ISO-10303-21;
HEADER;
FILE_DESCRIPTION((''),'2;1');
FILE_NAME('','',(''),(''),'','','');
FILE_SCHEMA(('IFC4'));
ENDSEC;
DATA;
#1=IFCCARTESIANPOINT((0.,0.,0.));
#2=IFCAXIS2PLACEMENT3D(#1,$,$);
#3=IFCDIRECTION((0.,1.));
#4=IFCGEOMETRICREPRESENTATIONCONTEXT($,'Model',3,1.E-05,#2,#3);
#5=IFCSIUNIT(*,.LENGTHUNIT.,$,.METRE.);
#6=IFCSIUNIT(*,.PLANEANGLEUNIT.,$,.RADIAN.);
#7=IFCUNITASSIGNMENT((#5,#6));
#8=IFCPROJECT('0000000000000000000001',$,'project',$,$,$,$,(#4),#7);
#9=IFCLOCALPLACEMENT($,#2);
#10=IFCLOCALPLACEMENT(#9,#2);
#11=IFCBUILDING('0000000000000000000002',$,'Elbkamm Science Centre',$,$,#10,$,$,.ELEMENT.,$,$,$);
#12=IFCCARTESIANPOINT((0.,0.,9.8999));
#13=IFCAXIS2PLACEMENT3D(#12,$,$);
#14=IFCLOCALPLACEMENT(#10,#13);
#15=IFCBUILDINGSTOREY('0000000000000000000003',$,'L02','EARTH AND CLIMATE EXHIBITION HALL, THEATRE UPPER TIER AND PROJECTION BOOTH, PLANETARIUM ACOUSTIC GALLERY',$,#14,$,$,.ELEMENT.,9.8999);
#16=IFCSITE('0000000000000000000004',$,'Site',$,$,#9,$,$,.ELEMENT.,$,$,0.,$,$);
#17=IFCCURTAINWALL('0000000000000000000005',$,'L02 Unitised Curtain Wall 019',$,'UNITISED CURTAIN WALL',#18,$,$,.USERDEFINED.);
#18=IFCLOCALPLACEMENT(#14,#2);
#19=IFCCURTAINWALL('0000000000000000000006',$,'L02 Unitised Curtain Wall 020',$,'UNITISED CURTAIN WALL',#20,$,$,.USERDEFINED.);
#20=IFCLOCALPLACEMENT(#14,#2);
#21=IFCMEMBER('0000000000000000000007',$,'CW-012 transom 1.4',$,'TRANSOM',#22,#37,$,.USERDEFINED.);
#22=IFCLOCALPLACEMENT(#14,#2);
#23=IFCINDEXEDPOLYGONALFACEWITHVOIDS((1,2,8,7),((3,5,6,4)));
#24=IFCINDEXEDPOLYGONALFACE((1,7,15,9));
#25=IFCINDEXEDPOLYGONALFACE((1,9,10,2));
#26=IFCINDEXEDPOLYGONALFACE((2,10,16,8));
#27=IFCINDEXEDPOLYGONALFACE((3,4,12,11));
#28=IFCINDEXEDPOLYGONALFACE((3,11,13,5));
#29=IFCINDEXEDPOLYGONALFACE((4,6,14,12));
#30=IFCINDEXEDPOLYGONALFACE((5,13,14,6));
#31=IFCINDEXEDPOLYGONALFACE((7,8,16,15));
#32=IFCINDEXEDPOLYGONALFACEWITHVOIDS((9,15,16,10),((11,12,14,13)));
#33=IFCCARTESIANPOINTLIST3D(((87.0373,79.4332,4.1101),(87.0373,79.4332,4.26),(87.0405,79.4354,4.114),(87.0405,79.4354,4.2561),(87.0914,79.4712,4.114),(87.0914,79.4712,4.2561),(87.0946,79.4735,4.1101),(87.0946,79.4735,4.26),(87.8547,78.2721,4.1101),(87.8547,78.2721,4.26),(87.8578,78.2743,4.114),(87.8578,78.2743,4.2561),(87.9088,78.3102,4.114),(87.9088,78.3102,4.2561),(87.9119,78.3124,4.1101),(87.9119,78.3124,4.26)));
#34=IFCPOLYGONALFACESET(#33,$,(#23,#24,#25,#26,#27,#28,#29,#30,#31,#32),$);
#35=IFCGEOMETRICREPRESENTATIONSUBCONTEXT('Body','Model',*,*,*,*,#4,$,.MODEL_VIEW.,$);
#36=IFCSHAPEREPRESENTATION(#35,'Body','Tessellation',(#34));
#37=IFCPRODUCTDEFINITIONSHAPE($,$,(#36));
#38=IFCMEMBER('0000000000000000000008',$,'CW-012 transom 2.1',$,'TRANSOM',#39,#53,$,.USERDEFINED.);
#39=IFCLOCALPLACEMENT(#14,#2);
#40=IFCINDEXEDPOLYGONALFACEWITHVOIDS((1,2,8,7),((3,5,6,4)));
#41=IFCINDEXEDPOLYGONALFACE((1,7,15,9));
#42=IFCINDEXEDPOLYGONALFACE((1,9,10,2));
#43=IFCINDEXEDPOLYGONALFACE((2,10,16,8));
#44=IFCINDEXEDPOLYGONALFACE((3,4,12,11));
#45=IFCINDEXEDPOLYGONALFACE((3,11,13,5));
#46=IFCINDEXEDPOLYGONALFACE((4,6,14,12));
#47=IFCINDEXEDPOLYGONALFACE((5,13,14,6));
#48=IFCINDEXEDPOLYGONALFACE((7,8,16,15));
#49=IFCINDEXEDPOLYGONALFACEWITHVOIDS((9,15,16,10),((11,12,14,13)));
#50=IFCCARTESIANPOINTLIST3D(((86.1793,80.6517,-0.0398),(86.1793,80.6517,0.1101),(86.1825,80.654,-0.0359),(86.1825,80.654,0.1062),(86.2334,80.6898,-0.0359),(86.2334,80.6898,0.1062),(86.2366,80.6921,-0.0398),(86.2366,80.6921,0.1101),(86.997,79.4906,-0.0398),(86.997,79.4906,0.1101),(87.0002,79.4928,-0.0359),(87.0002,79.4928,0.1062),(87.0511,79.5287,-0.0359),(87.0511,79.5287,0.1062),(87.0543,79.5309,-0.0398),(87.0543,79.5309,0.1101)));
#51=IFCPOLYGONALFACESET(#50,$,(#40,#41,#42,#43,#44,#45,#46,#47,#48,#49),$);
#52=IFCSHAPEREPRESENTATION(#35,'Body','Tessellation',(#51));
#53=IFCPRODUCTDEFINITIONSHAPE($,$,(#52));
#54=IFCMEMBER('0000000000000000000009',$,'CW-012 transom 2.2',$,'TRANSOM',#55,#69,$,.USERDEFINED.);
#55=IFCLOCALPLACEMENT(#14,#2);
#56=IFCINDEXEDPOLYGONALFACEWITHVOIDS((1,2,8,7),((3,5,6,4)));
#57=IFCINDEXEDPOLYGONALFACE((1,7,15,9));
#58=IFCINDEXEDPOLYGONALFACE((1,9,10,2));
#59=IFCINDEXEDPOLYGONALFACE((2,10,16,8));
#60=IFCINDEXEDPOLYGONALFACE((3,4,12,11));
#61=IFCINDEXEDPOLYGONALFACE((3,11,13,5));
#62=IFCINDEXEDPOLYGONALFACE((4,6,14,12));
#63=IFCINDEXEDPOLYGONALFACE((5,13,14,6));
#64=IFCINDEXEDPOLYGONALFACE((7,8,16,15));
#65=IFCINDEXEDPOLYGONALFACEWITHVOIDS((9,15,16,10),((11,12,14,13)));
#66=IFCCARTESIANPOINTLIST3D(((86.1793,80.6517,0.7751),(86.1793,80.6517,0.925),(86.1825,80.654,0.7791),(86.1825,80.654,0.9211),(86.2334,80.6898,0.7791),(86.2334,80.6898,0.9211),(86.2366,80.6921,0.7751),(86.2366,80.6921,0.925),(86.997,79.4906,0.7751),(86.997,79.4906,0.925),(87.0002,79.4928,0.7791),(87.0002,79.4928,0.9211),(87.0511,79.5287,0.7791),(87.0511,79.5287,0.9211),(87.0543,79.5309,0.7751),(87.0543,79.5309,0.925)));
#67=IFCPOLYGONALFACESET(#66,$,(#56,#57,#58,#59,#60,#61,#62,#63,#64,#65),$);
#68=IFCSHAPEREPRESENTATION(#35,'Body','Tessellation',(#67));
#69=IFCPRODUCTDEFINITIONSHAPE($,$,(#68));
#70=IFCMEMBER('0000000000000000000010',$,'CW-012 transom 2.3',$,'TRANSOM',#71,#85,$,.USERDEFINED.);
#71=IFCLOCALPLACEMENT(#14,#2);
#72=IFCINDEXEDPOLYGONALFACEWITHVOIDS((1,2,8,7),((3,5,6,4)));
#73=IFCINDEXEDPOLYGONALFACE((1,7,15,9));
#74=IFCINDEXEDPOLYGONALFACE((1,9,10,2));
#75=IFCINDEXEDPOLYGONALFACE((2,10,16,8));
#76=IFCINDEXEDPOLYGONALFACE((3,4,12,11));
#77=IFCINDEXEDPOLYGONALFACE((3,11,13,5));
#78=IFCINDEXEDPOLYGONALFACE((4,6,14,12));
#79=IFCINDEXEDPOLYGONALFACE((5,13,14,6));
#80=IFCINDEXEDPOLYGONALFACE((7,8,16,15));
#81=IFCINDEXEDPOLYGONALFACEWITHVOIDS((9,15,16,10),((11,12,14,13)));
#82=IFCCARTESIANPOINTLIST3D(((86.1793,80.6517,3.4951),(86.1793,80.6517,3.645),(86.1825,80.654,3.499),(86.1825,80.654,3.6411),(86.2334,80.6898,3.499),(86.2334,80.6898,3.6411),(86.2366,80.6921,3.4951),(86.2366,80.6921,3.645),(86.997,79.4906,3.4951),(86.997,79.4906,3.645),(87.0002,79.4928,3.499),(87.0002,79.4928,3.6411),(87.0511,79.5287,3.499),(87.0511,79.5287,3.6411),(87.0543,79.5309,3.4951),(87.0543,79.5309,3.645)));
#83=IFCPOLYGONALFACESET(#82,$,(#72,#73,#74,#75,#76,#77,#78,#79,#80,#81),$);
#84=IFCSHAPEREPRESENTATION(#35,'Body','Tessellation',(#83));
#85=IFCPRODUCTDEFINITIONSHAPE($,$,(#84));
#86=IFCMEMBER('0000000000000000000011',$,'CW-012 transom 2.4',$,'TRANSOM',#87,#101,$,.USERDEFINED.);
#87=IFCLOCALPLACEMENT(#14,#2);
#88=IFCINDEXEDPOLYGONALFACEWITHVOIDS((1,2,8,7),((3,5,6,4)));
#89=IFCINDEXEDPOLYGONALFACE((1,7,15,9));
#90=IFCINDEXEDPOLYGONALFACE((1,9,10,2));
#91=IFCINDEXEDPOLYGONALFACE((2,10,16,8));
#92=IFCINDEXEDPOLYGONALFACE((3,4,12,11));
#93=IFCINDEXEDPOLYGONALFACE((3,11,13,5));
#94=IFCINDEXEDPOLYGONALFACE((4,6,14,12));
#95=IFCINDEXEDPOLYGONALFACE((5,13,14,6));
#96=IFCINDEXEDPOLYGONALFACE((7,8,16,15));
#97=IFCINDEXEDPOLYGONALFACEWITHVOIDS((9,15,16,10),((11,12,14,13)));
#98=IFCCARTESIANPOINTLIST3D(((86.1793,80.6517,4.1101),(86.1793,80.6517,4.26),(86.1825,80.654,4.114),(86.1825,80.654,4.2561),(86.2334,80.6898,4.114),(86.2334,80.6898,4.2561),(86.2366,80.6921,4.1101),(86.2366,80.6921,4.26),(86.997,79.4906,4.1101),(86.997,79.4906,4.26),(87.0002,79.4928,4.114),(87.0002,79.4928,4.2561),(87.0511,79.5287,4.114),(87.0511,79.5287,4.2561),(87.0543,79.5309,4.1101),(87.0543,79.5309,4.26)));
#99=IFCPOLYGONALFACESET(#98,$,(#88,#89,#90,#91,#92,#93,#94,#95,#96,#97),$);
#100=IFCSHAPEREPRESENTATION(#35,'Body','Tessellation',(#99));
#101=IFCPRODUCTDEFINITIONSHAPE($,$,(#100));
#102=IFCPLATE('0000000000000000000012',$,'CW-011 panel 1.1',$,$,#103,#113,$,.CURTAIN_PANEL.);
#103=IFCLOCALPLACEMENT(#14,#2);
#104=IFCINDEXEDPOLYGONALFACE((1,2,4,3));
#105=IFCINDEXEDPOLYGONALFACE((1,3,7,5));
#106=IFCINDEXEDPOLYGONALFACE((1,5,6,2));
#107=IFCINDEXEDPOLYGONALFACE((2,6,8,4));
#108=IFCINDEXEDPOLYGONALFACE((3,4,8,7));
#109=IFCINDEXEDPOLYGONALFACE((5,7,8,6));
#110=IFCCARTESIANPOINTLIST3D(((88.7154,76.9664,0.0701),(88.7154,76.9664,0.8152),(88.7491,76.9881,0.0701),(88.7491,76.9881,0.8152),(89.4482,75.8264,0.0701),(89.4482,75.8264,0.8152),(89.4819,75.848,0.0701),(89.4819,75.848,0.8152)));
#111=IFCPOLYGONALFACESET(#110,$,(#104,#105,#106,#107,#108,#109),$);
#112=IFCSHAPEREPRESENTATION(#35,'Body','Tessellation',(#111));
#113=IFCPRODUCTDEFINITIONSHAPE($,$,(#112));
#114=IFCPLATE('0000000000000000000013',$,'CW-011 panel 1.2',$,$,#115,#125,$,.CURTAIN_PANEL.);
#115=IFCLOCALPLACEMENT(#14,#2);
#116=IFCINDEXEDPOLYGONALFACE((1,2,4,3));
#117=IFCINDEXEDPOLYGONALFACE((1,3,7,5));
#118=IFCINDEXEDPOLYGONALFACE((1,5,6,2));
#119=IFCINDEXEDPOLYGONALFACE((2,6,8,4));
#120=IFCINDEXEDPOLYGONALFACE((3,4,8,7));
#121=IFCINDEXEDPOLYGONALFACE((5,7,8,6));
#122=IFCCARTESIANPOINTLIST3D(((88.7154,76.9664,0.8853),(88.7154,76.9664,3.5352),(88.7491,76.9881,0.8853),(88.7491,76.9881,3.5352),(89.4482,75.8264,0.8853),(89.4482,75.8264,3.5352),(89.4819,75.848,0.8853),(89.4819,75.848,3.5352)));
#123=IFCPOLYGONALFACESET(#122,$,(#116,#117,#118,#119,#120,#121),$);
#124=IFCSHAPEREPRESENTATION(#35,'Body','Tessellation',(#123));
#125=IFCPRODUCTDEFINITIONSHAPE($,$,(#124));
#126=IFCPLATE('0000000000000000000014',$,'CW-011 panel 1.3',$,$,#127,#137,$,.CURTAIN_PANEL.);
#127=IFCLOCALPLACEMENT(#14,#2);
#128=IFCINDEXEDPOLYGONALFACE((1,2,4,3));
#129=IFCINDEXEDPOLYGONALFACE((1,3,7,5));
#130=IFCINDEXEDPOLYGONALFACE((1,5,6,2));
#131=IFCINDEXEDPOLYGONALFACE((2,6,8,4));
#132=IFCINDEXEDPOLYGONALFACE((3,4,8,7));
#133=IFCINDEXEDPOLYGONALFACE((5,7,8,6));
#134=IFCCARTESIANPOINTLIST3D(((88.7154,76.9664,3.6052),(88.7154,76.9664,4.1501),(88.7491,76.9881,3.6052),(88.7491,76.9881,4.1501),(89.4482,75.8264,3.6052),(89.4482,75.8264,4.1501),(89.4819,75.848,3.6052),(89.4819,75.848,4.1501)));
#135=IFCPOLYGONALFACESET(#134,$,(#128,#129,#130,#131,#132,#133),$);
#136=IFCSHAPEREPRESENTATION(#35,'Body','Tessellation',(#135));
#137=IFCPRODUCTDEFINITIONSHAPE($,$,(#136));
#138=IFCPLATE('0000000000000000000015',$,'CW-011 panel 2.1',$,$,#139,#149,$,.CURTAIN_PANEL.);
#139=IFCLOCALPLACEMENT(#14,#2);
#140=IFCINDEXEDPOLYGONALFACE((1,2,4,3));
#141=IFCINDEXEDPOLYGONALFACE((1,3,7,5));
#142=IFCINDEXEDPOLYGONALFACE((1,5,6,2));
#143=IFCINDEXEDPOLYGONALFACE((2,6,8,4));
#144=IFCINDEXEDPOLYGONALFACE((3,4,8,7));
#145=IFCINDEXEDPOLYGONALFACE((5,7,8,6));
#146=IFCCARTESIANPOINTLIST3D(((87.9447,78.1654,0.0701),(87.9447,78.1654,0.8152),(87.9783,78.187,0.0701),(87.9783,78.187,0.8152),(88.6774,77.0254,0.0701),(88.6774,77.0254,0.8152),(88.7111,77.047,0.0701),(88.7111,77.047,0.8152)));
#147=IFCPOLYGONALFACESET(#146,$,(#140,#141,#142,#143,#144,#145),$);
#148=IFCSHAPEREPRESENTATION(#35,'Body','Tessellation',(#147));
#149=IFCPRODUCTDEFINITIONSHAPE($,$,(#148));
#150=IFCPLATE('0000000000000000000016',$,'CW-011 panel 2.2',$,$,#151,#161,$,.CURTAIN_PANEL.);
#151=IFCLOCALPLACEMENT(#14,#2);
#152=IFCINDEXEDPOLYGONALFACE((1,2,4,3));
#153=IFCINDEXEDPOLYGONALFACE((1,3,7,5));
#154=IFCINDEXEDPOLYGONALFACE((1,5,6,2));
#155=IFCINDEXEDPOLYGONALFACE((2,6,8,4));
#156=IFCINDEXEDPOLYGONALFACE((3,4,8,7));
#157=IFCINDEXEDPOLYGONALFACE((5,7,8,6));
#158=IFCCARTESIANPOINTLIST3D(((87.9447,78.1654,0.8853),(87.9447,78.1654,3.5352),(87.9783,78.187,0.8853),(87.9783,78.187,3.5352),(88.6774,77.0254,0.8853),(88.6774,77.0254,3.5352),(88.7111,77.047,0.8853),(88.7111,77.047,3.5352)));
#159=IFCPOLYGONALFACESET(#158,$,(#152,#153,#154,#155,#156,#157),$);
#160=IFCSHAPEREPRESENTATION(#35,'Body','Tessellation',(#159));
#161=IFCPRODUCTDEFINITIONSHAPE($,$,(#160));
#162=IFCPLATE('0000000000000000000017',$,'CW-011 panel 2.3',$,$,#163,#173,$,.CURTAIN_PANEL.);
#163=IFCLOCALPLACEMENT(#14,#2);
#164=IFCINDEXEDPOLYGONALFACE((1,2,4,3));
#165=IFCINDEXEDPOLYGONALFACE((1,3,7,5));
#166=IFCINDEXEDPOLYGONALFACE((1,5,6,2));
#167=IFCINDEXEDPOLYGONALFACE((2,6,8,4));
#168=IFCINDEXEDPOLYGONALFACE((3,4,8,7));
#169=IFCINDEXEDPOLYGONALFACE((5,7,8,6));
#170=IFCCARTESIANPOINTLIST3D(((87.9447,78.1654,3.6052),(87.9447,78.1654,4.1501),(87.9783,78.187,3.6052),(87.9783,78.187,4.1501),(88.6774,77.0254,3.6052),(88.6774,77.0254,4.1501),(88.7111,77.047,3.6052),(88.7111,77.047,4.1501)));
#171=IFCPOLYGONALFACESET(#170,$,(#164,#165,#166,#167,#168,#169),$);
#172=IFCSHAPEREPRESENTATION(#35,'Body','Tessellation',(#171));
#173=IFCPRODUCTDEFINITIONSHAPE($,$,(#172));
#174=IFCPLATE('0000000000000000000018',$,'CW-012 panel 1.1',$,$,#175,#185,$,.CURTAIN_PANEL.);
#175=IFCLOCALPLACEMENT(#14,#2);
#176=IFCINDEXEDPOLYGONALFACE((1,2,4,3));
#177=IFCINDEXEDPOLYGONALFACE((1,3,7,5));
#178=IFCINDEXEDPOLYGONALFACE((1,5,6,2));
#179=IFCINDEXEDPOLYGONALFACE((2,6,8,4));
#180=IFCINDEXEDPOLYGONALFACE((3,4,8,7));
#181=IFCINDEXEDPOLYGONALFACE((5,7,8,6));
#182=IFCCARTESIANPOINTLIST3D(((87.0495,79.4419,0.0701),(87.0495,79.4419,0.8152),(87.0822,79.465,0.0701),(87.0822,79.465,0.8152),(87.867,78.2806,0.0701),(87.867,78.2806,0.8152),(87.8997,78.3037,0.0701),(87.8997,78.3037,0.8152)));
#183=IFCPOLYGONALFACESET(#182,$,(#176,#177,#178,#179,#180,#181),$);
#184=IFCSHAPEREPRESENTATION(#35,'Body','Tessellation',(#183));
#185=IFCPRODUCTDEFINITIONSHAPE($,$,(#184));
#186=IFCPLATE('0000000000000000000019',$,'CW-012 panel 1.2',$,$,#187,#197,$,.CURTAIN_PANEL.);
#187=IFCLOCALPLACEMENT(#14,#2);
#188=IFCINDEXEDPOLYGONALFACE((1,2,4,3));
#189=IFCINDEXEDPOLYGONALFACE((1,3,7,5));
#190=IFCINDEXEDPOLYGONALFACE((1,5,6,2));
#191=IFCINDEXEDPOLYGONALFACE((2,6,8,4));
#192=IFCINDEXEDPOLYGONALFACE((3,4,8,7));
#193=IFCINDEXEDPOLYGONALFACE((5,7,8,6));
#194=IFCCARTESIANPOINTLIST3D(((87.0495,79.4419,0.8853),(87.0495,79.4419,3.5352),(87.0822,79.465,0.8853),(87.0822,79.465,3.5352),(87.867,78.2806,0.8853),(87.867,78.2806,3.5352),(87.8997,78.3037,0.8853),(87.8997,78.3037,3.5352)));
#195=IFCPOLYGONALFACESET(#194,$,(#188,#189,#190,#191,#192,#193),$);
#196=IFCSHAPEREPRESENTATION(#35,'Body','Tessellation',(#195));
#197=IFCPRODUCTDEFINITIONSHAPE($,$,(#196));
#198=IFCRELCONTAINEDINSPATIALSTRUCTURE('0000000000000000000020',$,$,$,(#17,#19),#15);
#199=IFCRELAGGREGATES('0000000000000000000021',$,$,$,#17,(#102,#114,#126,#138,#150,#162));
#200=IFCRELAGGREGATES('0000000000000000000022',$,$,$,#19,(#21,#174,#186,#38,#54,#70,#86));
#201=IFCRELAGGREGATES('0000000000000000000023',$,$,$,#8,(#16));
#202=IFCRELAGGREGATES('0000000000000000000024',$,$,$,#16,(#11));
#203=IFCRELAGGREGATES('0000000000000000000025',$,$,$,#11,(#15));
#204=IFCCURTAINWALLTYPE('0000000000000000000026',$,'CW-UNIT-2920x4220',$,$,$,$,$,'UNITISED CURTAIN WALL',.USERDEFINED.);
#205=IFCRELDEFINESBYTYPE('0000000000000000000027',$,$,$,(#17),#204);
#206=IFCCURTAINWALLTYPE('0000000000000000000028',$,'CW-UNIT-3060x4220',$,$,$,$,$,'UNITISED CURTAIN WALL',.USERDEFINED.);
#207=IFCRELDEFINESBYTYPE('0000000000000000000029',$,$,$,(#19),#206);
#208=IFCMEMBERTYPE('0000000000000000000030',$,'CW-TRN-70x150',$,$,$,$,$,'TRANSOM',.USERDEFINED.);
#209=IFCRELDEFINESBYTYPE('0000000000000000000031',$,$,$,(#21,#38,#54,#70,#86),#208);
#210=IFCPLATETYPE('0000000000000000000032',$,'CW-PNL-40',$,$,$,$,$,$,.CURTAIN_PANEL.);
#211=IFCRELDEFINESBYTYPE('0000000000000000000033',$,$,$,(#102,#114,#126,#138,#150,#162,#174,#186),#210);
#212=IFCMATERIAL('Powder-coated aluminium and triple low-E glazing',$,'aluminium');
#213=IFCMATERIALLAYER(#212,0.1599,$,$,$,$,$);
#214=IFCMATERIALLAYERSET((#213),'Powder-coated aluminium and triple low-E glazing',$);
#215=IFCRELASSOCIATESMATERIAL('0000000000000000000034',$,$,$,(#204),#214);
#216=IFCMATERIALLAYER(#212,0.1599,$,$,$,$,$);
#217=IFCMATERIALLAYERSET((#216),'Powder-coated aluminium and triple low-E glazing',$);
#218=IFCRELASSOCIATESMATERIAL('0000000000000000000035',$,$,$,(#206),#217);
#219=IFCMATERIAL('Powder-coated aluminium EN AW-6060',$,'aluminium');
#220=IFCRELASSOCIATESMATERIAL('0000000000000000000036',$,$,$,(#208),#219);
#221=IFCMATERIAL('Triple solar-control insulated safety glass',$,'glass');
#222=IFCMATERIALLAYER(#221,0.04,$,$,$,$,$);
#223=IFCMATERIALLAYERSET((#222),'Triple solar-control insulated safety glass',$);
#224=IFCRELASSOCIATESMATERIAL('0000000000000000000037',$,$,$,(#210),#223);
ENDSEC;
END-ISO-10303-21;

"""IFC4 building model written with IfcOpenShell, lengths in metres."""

from ifc_helpers import new_model, si_unit, direction, frame, origin, origin_2d, place, context, subcontext, project, spatial, rectangle, hollow_rectangle, extrude, material, layer, layer_set, material_profile, profile_set, type_object, element, aggregate, save


model = new_model("IFC4")

# Units and contexts
model_context = context("Model", 3, precision=1e-05, world=origin(), true_north=direction((0.0, 1.0)))
body_context = subcontext(model_context, "Body", "Model", "MODEL_VIEW")
ifc_project = project(units=[si_unit("LENGTHUNIT", "METRE"), si_unit("PLANEANGLEUNIT", "RADIAN")], contexts=[model_context])

# Site, building, storey
site_placement = place(None, origin())
site = spatial("IfcSite", under=ifc_project, at=site_placement, Name="Site", CompositionType="ELEMENT", RefElevation=0.0)
building_placement = place(site_placement, origin())
building = spatial("IfcBuilding", under=site, at=building_placement, Name="Elbkamm Science Centre", CompositionType="ELEMENT")
storey_placement = place(building_placement, frame((0.0, 0.0, 9.8999)))
storey = spatial("IfcBuildingStorey", under=building, at=storey_placement, Name="L02", Description="EARTH AND CLIMATE EXHIBITION HALL, THEATRE UPPER TIER AND PROJECTION BOOTH, PLANETARIUM ACOUSTIC GALLERY", CompositionType="ELEMENT", Elevation=9.8999)

# Shared definitions
ifc_material_1 = material(Name="Powder-coated aluminium and triple low-E glazing", Category="aluminium")
ifc_layer_1 = layer(ifc_material_1, 0.1599)
ifc_layer_set_1 = layer_set([ifc_layer_1], Name="Powder-coated aluminium and triple low-E glazing")
curtain_wall_type_1 = type_object("IfcCurtainWallType", Name="CW-UNIT-2920x4220", ElementType="UNITISED CURTAIN WALL", PredefinedType="USERDEFINED", material=ifc_layer_set_1)
ifc_material_2 = material(Name="Powder-coated aluminium EN AW-6060", Category="aluminium")

# Curtain walls
curtain_wall_1_placement = place(storey_placement, origin())
curtain_wall_1 = element("IfcCurtainWall", 1, at=curtain_wall_1_placement, inside=storey, type_object=curtain_wall_type_1, Name="L02 Unitised Curtain Wall 019", ObjectType="UNITISED CURTAIN WALL", PredefinedType="USERDEFINED")
ifc_layer_2 = layer(ifc_material_1, 0.1599)
ifc_layer_set_2 = layer_set([ifc_layer_2], Name="Powder-coated aluminium and triple low-E glazing")
curtain_wall_type_2 = type_object("IfcCurtainWallType", Name="CW-UNIT-3060x4220", ElementType="UNITISED CURTAIN WALL", PredefinedType="USERDEFINED", material=ifc_layer_set_2)
curtain_wall_2_placement = place(storey_placement, origin())
curtain_wall_2 = element("IfcCurtainWall", 2, at=curtain_wall_2_placement, inside=storey, type_object=curtain_wall_type_2, Name="L02 Unitised Curtain Wall 020", ObjectType="UNITISED CURTAIN WALL", PredefinedType="USERDEFINED")

# Members
ifc_material_profile_1 = material_profile(ifc_material_2, hollow_rectangle(XDim=0.0701, YDim=0.1499, WallThickness=0.0039, at=origin_2d()), Name="ALU T70x150")
ifc_profile_set_1 = profile_set([ifc_material_profile_1], Name="Powder-coated aluminium EN AW-6060")
member_type_1 = type_object("IfcMemberType", Name="CW-TRN-70x150", ElementType="TRANSOM", PredefinedType="USERDEFINED", material=ifc_profile_set_1)
member_1_placement = place(storey_placement, frame((87.8833, 78.2922, 4.1851), z_axis=(-0.57563, 0.817711, 0.0), x_axis=(-0.817711, -0.57563, 0.0)))
member_1 = element("IfcMember", 3, at=member_1_placement, type_object=member_type_1, Name="CW-012 transom 1.4", ObjectType="TRANSOM", PredefinedType="USERDEFINED", context=body_context, shape_type="SweptSolid", body=[
    extrude(hollow_rectangle(XDim=0.0701, YDim=0.1499, WallThickness=0.0039, at=origin_2d()), origin(), (0.0, 0.0, 1.0), 1.4199),
])
member_2_placement = place(storey_placement, frame((87.0256, 79.5107, 0.0352), z_axis=(-0.575745, 0.81763, 0.0), x_axis=(-0.81763, -0.575745, 0.0)))
member_2 = element("IfcMember", 4, at=member_2_placement, type_object=member_type_1, Name="CW-012 transom 2.1", ObjectType="TRANSOM", PredefinedType="USERDEFINED", context=body_context, shape_type="SweptSolid", body=[
    extrude(hollow_rectangle(XDim=0.0701, YDim=0.1499, WallThickness=0.0039, at=origin_2d()), origin(), (0.0, 0.0, 1.0), 1.4202),
])
member_3_placement = place(storey_placement, frame((87.0256, 79.5107, 0.8501), z_axis=(-0.575745, 0.81763, 0.0), x_axis=(-0.81763, -0.575745, 0.0)))
member_3 = element("IfcMember", 5, at=member_3_placement, type_object=member_type_1, Name="CW-012 transom 2.2", ObjectType="TRANSOM", PredefinedType="USERDEFINED", context=body_context, shape_type="SweptSolid", body=[
    extrude(hollow_rectangle(XDim=0.0701, YDim=0.1499, WallThickness=0.0039, at=origin_2d()), origin(), (0.0, 0.0, 1.0), 1.4202),
])
member_4_placement = place(storey_placement, frame((87.0256, 79.5107, 3.5701), z_axis=(-0.575745, 0.81763, 0.0), x_axis=(-0.81763, -0.575745, 0.0)))
member_4 = element("IfcMember", 6, at=member_4_placement, type_object=member_type_1, Name="CW-012 transom 2.3", ObjectType="TRANSOM", PredefinedType="USERDEFINED", context=body_context, shape_type="SweptSolid", body=[
    extrude(hollow_rectangle(XDim=0.0701, YDim=0.1499, WallThickness=0.0039, at=origin_2d()), origin(), (0.0, 0.0, 1.0), 1.4202),
])
member_5_placement = place(storey_placement, frame((87.0256, 79.5107, 4.1851), z_axis=(-0.575745, 0.81763, 0.0), x_axis=(-0.81763, -0.575745, 0.0)))
member_5 = element("IfcMember", 7, at=member_5_placement, type_object=member_type_1, Name="CW-012 transom 2.4", ObjectType="TRANSOM", PredefinedType="USERDEFINED", context=body_context, shape_type="SweptSolid", body=[
    extrude(hollow_rectangle(XDim=0.0701, YDim=0.1499, WallThickness=0.0039, at=origin_2d()), origin(), (0.0, 0.0, 1.0), 1.4202),
])

# Plates
ifc_material_3 = material(Name="Triple solar-control insulated safety glass", Category="glass")
ifc_layer_3 = layer(ifc_material_3, 0.04)
ifc_layer_set_3 = layer_set([ifc_layer_3], Name="Triple solar-control insulated safety glass")
plate_type = type_object("IfcPlateType", Name="CW-PNL-40", PredefinedType="CURTAIN_PANEL", material=ifc_layer_set_3)
plate_1_placement = place(storey_placement, frame((89.0986, 76.4072, 0.0701), z_axis=(0.0, 0.0, 1.0), x_axis=(-0.540707, 0.841211, 0.0)))
plate_1 = element("IfcPlate", 8, at=plate_1_placement, type_object=plate_type, Name="CW-011 panel 1.1", PredefinedType="CURTAIN_PANEL", context=body_context, shape_type="SweptSolid", body=[
    extrude(rectangle(XDim=1.3552, YDim=0.04, at=origin_2d()), origin(), (0.0, 0.0, 1.0), 0.7451),
])
plate_2_placement = place(storey_placement, frame((89.0986, 76.4072, 0.8853), z_axis=(0.0, 0.0, 1.0), x_axis=(-0.540707, 0.841211, 0.0)))
plate_2 = element("IfcPlate", 9, at=plate_2_placement, type_object=plate_type, Name="CW-011 panel 1.2", PredefinedType="CURTAIN_PANEL", context=body_context, shape_type="SweptSolid", body=[
    extrude(rectangle(XDim=1.3552, YDim=0.04, at=origin_2d()), origin(), (0.0, 0.0, 1.0), 2.6499),
])
plate_3_placement = place(storey_placement, frame((89.0986, 76.4072, 3.6052), z_axis=(0.0, 0.0, 1.0), x_axis=(-0.540707, 0.841211, 0.0)))
plate_3 = element("IfcPlate", 10, at=plate_3_placement, type_object=plate_type, Name="CW-011 panel 1.3", PredefinedType="CURTAIN_PANEL", context=body_context, shape_type="SweptSolid", body=[
    extrude(rectangle(XDim=1.3552, YDim=0.04, at=origin_2d()), origin(), (0.0, 0.0, 1.0), 0.5449),
])
plate_4_placement = place(storey_placement, frame((88.3279, 77.6062, 0.0701), z_axis=(0.0, 0.0, 1.0), x_axis=(-0.540707, 0.841211, 0.0)))
plate_4 = element("IfcPlate", 11, at=plate_4_placement, type_object=plate_type, Name="CW-011 panel 2.1", PredefinedType="CURTAIN_PANEL", context=body_context, shape_type="SweptSolid", body=[
    extrude(rectangle(XDim=1.3552, YDim=0.04, at=origin_2d()), origin(), (0.0, 0.0, 1.0), 0.7451),
])
plate_5_placement = place(storey_placement, frame((88.3279, 77.6062, 0.8853), z_axis=(0.0, 0.0, 1.0), x_axis=(-0.540707, 0.841211, 0.0)))
plate_5 = element("IfcPlate", 12, at=plate_5_placement, type_object=plate_type, Name="CW-011 panel 2.2", PredefinedType="CURTAIN_PANEL", context=body_context, shape_type="SweptSolid", body=[
    extrude(rectangle(XDim=1.3552, YDim=0.04, at=origin_2d()), origin(), (0.0, 0.0, 1.0), 2.6499),
])
plate_6_placement = place(storey_placement, frame((88.3279, 77.6062, 3.6052), z_axis=(0.0, 0.0, 1.0), x_axis=(-0.540707, 0.841211, 0.0)))
plate_6 = element("IfcPlate", 13, at=plate_6_placement, type_object=plate_type, Name="CW-011 panel 2.3", PredefinedType="CURTAIN_PANEL", context=body_context, shape_type="SweptSolid", body=[
    extrude(rectangle(XDim=1.3552, YDim=0.04, at=origin_2d()), origin(), (0.0, 0.0, 1.0), 0.5449),
])
aggregate(curtain_wall_1, [plate_1, plate_2, plate_3, plate_4, plate_5, plate_6])
plate_7_placement = place(storey_placement, frame((87.4746, 78.8728, 0.0701), z_axis=(0.0, 0.0, 1.0), x_axis=(-0.575652, 0.817695, 0.0)))
plate_7 = element("IfcPlate", 14, at=plate_7_placement, type_object=plate_type, Name="CW-012 panel 1.1", PredefinedType="CURTAIN_PANEL", context=body_context, shape_type="SweptSolid", body=[
    extrude(rectangle(XDim=1.4202, YDim=0.04, at=origin_2d()), origin(), (0.0, 0.0, 1.0), 0.7451),
])
plate_8_placement = place(storey_placement, frame((87.4746, 78.8728, 0.8853), z_axis=(0.0, 0.0, 1.0), x_axis=(-0.575652, 0.817695, 0.0)))
plate_8 = element("IfcPlate", 15, at=plate_8_placement, type_object=plate_type, Name="CW-012 panel 1.2", PredefinedType="CURTAIN_PANEL", context=body_context, shape_type="SweptSolid", body=[
    extrude(rectangle(XDim=1.4202, YDim=0.04, at=origin_2d()), origin(), (0.0, 0.0, 1.0), 2.6499),
])
aggregate(curtain_wall_2, [member_1, plate_7, plate_8, member_2, member_3, member_4, member_5])

save(model, "model.ifc")
